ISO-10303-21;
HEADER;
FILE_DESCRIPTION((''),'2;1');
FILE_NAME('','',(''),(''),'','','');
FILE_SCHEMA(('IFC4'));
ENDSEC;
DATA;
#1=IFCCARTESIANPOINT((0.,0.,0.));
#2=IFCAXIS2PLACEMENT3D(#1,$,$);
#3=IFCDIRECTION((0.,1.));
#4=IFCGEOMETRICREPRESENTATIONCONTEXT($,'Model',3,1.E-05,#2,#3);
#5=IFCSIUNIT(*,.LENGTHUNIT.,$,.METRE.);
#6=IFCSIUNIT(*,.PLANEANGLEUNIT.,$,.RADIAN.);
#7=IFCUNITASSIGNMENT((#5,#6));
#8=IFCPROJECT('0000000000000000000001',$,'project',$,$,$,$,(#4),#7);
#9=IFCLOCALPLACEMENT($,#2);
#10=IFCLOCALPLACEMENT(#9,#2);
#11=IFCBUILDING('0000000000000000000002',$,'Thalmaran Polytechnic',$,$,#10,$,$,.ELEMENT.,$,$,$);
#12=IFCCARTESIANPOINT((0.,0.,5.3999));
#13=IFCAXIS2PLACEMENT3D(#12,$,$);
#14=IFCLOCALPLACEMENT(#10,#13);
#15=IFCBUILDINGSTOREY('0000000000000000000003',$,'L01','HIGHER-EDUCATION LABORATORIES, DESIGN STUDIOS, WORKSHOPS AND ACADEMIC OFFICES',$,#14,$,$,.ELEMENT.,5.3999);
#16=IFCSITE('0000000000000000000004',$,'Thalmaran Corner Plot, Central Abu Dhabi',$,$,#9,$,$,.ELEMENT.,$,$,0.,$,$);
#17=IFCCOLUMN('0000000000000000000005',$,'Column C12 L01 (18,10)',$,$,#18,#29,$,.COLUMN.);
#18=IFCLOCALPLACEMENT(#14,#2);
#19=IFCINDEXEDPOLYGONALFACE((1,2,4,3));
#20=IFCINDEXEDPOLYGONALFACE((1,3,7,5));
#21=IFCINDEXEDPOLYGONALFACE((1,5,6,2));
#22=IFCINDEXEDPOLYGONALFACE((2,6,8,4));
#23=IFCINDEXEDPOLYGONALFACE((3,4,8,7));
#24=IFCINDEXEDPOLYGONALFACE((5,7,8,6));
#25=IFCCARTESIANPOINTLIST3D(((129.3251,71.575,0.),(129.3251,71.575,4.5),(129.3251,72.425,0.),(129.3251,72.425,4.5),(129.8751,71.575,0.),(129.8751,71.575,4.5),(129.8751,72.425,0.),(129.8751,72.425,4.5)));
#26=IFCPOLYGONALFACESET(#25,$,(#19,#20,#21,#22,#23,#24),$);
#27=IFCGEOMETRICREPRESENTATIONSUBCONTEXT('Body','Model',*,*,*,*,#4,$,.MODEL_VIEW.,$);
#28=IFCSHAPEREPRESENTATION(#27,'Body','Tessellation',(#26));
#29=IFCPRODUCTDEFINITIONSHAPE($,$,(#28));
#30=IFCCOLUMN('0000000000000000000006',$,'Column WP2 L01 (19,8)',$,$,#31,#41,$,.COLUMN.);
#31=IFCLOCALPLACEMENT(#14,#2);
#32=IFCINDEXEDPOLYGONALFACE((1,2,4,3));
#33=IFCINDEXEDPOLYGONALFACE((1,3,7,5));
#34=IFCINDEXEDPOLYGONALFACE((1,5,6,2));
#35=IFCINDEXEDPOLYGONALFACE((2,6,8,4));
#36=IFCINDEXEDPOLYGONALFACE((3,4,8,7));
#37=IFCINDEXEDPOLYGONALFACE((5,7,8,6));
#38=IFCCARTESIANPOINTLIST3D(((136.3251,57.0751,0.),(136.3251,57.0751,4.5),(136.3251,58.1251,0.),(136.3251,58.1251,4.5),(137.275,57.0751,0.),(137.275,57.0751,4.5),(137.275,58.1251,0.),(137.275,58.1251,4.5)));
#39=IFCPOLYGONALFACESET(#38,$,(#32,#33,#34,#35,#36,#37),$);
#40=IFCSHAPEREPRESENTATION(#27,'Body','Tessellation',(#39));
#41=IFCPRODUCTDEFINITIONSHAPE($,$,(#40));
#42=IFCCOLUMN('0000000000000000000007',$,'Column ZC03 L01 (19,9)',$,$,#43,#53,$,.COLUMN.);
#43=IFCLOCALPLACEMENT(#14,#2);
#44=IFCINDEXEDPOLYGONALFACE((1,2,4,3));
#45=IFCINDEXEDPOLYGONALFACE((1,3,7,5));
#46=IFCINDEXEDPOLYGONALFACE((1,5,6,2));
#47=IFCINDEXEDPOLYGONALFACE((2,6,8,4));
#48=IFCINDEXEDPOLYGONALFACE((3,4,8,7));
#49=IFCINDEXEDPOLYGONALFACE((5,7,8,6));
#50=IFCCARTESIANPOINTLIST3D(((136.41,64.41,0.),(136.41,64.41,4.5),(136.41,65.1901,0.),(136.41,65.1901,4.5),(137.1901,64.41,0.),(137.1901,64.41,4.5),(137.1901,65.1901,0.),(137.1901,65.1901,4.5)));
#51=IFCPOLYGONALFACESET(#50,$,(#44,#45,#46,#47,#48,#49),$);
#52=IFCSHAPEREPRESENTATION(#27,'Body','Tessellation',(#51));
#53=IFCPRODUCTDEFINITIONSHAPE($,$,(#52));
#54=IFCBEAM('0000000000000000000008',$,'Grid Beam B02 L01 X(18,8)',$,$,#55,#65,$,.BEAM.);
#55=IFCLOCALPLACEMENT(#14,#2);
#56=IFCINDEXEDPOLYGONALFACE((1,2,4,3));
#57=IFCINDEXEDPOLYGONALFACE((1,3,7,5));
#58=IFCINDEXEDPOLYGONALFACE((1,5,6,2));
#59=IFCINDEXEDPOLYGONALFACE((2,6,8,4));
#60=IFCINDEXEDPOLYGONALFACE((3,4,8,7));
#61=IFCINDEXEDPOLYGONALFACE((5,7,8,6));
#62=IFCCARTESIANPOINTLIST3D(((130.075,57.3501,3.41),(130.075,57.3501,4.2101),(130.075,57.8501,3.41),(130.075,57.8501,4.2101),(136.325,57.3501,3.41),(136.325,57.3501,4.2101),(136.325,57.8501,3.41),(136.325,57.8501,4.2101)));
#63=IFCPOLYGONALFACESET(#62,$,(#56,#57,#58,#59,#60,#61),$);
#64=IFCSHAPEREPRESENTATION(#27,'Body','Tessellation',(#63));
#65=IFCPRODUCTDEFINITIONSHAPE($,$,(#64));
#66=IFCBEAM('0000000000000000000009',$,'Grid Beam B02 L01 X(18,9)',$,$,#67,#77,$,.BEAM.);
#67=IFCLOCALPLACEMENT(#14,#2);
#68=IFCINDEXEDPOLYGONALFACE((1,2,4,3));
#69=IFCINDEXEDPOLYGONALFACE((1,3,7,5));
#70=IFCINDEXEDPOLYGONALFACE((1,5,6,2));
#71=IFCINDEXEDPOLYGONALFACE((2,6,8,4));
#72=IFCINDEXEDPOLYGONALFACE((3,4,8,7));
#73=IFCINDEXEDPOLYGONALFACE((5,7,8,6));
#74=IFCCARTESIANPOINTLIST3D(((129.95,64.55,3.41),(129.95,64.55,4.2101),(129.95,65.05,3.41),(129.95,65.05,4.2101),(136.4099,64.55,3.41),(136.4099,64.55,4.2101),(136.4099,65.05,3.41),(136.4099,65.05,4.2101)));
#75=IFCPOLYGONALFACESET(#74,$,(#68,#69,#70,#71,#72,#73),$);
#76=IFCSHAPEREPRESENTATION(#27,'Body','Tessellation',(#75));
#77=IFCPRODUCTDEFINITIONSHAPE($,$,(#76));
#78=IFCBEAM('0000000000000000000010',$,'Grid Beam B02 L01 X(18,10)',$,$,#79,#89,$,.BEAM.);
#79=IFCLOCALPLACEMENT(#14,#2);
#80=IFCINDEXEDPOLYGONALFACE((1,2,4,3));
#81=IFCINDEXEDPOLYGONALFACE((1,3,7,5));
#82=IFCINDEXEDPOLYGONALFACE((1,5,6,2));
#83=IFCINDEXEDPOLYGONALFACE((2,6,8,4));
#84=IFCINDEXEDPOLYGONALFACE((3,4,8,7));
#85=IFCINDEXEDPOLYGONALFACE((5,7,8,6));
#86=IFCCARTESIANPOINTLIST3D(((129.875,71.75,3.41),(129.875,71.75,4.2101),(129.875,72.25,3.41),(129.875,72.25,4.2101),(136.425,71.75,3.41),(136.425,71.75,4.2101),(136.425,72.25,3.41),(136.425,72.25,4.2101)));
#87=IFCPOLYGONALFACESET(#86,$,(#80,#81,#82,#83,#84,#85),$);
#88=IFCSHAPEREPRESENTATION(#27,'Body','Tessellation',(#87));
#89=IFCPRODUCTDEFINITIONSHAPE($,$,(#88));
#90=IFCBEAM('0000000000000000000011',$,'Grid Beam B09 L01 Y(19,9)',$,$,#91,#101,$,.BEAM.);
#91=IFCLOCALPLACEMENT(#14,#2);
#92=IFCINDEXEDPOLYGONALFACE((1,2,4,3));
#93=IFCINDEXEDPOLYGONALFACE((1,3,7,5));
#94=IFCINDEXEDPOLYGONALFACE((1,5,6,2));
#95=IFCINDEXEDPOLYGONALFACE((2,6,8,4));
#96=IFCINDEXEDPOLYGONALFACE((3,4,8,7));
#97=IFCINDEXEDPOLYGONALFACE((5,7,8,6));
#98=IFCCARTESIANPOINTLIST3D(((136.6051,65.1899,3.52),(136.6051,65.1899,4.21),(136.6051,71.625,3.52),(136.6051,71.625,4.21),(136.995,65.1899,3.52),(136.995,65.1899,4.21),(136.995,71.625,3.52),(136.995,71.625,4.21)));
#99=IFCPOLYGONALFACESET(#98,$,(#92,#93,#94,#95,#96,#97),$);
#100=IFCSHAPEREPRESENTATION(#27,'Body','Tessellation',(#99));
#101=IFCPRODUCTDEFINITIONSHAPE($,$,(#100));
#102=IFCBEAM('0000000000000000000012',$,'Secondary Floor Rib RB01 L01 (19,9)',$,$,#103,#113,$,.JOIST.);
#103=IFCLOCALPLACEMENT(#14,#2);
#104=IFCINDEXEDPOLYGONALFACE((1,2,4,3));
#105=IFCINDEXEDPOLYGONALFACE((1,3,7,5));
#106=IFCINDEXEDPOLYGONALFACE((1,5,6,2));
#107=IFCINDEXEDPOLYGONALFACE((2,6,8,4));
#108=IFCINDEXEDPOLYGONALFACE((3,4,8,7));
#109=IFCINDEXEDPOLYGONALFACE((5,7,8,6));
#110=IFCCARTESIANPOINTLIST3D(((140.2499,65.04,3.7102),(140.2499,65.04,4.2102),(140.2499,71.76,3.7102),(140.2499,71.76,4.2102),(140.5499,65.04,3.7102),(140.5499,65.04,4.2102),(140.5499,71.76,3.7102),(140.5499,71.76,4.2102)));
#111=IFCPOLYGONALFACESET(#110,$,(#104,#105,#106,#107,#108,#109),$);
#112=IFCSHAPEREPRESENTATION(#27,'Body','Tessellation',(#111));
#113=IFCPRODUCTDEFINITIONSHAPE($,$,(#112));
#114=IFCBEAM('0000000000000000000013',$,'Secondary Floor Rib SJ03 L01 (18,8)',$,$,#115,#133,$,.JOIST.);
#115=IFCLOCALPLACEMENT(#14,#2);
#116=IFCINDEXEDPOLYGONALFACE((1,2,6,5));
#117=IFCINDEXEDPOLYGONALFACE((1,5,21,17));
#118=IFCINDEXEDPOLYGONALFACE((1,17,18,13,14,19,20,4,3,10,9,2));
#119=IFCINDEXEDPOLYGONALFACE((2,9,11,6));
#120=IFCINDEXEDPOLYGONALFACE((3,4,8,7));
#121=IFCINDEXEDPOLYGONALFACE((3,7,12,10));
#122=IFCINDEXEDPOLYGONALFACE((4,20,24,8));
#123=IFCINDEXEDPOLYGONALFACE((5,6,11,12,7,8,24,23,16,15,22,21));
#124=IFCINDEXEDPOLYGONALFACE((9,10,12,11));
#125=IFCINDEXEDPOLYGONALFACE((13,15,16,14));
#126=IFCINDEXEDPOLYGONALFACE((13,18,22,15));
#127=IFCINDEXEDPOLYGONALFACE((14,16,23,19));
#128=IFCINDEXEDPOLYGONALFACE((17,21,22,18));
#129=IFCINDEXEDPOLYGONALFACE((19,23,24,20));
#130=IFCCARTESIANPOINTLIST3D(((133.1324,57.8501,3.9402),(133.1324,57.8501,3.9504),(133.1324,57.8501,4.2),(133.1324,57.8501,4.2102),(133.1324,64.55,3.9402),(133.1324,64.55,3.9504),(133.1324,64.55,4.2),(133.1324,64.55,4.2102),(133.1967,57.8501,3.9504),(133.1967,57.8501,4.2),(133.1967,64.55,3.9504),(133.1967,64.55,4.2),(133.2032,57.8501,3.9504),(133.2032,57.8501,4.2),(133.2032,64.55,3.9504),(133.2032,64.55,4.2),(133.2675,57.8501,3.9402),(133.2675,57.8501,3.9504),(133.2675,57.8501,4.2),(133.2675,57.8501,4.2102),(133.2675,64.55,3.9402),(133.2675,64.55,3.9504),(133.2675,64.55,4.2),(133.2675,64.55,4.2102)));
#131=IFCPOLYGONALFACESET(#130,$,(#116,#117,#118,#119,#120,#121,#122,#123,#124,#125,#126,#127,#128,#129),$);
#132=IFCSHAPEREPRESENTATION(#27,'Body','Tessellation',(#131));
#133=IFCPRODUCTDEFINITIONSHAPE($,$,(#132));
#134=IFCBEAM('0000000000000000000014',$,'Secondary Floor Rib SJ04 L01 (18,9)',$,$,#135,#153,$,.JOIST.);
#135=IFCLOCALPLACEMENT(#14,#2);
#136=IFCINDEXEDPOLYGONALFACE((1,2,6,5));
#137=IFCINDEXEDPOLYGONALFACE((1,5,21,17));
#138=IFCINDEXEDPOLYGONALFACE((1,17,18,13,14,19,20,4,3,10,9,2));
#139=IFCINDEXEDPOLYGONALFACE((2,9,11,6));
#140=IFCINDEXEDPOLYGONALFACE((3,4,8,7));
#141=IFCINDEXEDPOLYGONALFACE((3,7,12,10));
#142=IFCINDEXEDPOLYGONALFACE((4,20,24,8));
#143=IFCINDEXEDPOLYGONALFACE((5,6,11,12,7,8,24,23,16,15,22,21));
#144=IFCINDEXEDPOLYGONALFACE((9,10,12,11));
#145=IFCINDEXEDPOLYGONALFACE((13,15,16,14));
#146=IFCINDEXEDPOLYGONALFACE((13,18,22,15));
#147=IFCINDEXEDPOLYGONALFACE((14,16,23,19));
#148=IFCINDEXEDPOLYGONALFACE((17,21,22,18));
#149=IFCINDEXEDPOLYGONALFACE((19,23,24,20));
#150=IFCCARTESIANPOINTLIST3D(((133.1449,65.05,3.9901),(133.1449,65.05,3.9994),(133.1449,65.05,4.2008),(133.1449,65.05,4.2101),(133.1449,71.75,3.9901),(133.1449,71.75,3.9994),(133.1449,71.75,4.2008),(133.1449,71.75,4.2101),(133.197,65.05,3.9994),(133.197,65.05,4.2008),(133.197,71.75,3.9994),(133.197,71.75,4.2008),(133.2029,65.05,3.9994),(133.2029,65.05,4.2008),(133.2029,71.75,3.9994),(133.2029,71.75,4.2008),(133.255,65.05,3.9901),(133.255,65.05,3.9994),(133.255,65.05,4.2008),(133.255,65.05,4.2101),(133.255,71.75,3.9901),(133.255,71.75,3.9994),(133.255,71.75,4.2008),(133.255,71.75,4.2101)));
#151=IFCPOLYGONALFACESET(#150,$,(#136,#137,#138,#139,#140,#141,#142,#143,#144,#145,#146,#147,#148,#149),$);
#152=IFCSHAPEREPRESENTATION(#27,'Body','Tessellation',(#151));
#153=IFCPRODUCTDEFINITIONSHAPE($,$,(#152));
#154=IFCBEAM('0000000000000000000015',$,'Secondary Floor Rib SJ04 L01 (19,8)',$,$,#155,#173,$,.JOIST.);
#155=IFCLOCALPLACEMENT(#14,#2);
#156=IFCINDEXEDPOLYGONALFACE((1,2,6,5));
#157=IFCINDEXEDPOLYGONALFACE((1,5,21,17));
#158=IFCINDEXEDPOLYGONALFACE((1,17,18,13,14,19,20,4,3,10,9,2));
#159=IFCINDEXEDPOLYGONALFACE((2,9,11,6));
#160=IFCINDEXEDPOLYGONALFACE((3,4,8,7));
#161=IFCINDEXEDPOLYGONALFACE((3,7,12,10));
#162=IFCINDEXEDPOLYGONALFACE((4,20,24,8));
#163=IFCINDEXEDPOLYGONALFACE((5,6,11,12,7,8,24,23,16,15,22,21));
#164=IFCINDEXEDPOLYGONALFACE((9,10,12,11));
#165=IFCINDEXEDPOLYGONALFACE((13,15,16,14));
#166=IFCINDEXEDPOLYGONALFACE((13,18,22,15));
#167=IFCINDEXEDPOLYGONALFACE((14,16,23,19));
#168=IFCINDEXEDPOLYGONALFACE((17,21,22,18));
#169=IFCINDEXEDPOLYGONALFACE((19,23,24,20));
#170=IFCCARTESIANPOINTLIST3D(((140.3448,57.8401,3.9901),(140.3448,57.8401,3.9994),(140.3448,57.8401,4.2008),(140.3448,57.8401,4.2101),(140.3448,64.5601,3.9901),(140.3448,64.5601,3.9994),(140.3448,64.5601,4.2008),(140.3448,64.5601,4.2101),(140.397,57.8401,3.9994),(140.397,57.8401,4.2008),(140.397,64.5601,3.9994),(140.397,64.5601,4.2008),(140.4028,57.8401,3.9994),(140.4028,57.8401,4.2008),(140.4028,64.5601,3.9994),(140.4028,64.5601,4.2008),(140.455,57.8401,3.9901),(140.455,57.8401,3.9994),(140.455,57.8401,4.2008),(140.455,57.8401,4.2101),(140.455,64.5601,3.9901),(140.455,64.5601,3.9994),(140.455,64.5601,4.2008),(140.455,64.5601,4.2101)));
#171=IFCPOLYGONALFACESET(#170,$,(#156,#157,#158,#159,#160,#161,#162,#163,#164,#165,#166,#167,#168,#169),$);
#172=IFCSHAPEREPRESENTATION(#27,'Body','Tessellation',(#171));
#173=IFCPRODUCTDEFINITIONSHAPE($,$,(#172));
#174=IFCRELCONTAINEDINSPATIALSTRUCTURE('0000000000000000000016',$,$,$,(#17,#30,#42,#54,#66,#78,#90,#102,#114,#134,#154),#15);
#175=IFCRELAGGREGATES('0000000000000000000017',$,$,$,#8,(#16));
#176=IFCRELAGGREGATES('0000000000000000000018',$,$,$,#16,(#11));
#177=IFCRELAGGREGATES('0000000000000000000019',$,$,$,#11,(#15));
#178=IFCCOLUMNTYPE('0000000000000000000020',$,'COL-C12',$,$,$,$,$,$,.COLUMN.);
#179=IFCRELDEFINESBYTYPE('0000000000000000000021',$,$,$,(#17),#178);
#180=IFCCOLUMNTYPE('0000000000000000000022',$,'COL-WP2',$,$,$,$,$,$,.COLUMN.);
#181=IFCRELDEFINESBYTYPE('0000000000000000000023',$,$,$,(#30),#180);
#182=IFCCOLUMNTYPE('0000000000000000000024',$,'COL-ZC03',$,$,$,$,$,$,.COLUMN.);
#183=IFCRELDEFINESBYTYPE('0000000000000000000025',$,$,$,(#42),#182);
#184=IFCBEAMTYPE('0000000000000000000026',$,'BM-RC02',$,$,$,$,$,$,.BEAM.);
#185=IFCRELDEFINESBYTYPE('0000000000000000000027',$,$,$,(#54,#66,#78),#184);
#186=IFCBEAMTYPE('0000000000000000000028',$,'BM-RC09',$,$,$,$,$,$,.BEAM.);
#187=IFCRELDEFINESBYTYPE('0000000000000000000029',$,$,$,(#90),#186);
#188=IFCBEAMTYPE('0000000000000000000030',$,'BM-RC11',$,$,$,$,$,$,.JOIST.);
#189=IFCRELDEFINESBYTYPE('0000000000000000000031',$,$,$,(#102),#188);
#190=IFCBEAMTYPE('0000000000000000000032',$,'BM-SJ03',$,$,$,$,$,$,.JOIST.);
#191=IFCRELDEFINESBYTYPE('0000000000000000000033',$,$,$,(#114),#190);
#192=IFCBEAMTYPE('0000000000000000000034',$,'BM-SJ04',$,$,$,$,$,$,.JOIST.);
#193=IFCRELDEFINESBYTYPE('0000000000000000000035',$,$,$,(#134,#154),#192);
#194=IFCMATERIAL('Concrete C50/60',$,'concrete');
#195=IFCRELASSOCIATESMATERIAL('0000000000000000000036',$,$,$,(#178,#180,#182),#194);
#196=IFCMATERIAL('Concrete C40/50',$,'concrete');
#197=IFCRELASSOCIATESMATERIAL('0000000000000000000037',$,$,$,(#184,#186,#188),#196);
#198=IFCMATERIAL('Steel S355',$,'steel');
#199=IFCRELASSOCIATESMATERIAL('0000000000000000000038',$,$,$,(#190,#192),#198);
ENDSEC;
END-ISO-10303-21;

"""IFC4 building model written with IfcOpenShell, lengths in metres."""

from ifc_helpers import new_model, si_unit, direction, frame, origin, origin_2d, place, context, subcontext, project, spatial, rectangle, i_section, extrude, material, material_profile, profile_set, type_object, element, save


model = new_model("IFC4")

# Units and contexts
model_context = context("Model", 3, precision=1e-05, world=origin(), true_north=direction((0.0, 1.0)))
body_context = subcontext(model_context, "Body", "Model", "MODEL_VIEW")
ifc_project = project(units=[si_unit("LENGTHUNIT", "METRE"), si_unit("PLANEANGLEUNIT", "RADIAN")], contexts=[model_context])

# Site, building, storey
site_placement = place(None, origin())
site = spatial("IfcSite", under=ifc_project, at=site_placement, Name="Thalmaran Corner Plot, Central Abu Dhabi", CompositionType="ELEMENT", RefElevation=0.0)
building_placement = place(site_placement, origin())
building = spatial("IfcBuilding", under=site, at=building_placement, Name="Thalmaran Polytechnic", CompositionType="ELEMENT")
storey_placement = place(building_placement, frame((0.0, 0.0, 5.3999)))
storey = spatial("IfcBuildingStorey", under=building, at=storey_placement, Name="L01", Description="HIGHER-EDUCATION LABORATORIES, DESIGN STUDIOS, WORKSHOPS AND ACADEMIC OFFICES", CompositionType="ELEMENT", Elevation=5.3999)

# Columns
ifc_material_1 = material(Name="Concrete C50/60", Category="concrete")
ifc_material_profile_1 = material_profile(ifc_material_1, rectangle(XDim=0.55, YDim=0.8501, at=origin_2d()), Name="RC 550x850")
ifc_profile_set_1 = profile_set([ifc_material_profile_1], Name="Concrete C50/60")
column_type_1 = type_object("IfcColumnType", Name="COL-C12", PredefinedType="COLUMN", material=ifc_profile_set_1)
column_1_placement = place(storey_placement, frame((129.6001, 72.0, 0.0), z_axis=(0.0, 0.0, 1.0), x_axis=(1.0, 0.0, 0.0)))
element("IfcColumn", 1, at=column_1_placement, inside=storey, type_object=column_type_1, Name="Column C12 L01 (18,10)", PredefinedType="COLUMN", context=body_context, shape_type="SweptSolid", body=[
    extrude(rectangle(XDim=0.55, YDim=0.8501, at=origin_2d()), origin(), (0.0, 0.0, 1.0), 4.5),
])
ifc_material_profile_2 = material_profile(ifc_material_1, rectangle(XDim=0.95, YDim=1.05, at=origin_2d()), Name="RC 950x1050")
ifc_profile_set_2 = profile_set([ifc_material_profile_2], Name="Concrete C50/60")
column_type_2 = type_object("IfcColumnType", Name="COL-WP2", PredefinedType="COLUMN", material=ifc_profile_set_2)
column_2_placement = place(storey_placement, frame((136.8, 57.6001, 0.0), z_axis=(0.0, 0.0, 1.0), x_axis=(1.0, 0.0, 0.0)))
element("IfcColumn", 2, at=column_2_placement, inside=storey, type_object=column_type_2, Name="Column WP2 L01 (19,8)", PredefinedType="COLUMN", context=body_context, shape_type="SweptSolid", body=[
    extrude(rectangle(XDim=0.95, YDim=1.05, at=origin_2d()), origin(), (0.0, 0.0, 1.0), 4.5),
])
ifc_material_profile_3 = material_profile(ifc_material_1, rectangle(XDim=0.78, YDim=0.78, at=origin_2d()), Name="RC 780x780")
ifc_profile_set_3 = profile_set([ifc_material_profile_3], Name="Concrete C50/60")
column_type_3 = type_object("IfcColumnType", Name="COL-ZC03", PredefinedType="COLUMN", material=ifc_profile_set_3)
column_3_placement = place(storey_placement, frame((136.8, 64.8, 0.0), z_axis=(0.0, 0.0, 1.0), x_axis=(1.0, 0.0, 0.0)))
element("IfcColumn", 3, at=column_3_placement, inside=storey, type_object=column_type_3, Name="Column ZC03 L01 (19,9)", PredefinedType="COLUMN", context=body_context, shape_type="SweptSolid", body=[
    extrude(rectangle(XDim=0.78, YDim=0.78, at=origin_2d()), origin(), (0.0, 0.0, 1.0), 4.5),
])

# Beams
ifc_material_2 = material(Name="Concrete C40/50", Category="concrete")
ifc_material_profile_4 = material_profile(ifc_material_2, rectangle(XDim=0.5, YDim=0.8, at=origin_2d()), Name="RC 500x800")
ifc_profile_set_4 = profile_set([ifc_material_profile_4], Name="Concrete C40/50")
beam_type_1 = type_object("IfcBeamType", Name="BM-RC02", PredefinedType="BEAM", material=ifc_profile_set_4)
beam_1_placement = place(storey_placement, frame((130.075, 57.6001, 3.8101), z_axis=(1.0, 0.0, 0.0), x_axis=(0.0, 1.0, 0.0)))
element("IfcBeam", 4, at=beam_1_placement, inside=storey, type_object=beam_type_1, Name="Grid Beam B02 L01 X(18,8)", PredefinedType="BEAM", context=body_context, shape_type="SweptSolid", body=[
    extrude(rectangle(XDim=0.5, YDim=0.8, at=origin_2d()), origin(), (0.0, 0.0, 1.0), 6.25),
])
beam_2_placement = place(storey_placement, frame((129.95, 64.8, 3.8101), z_axis=(1.0, 0.0, 0.0), x_axis=(0.0, 1.0, 0.0)))
element("IfcBeam", 5, at=beam_2_placement, inside=storey, type_object=beam_type_1, Name="Grid Beam B02 L01 X(18,9)", PredefinedType="BEAM", context=body_context, shape_type="SweptSolid", body=[
    extrude(rectangle(XDim=0.5, YDim=0.8, at=origin_2d()), origin(), (0.0, 0.0, 1.0), 6.46),
])
beam_3_placement = place(storey_placement, frame((129.875, 72.0, 3.8101), z_axis=(1.0, 0.0, 0.0), x_axis=(0.0, 1.0, 0.0)))
element("IfcBeam", 6, at=beam_3_placement, inside=storey, type_object=beam_type_1, Name="Grid Beam B02 L01 X(18,10)", PredefinedType="BEAM", context=body_context, shape_type="SweptSolid", body=[
    extrude(rectangle(XDim=0.5, YDim=0.8, at=origin_2d()), origin(), (0.0, 0.0, 1.0), 6.55),
])
ifc_material_profile_5 = material_profile(ifc_material_2, rectangle(XDim=0.3899, YDim=0.6899, at=origin_2d()), Name="RC 390x690")
ifc_profile_set_5 = profile_set([ifc_material_profile_5], Name="Concrete C40/50")
beam_type_2 = type_object("IfcBeamType", Name="BM-RC09", PredefinedType="BEAM", material=ifc_profile_set_5)
beam_4_placement = place(storey_placement, frame((136.8, 65.1899, 3.865), z_axis=(0.0, 1.0, 0.0), x_axis=(-1.0, 0.0, 0.0)))
element("IfcBeam", 7, at=beam_4_placement, inside=storey, type_object=beam_type_2, Name="Grid Beam B09 L01 Y(19,9)", PredefinedType="BEAM", context=body_context, shape_type="SweptSolid", body=[
    extrude(rectangle(XDim=0.3899, YDim=0.6899, at=origin_2d()), origin(), (0.0, 0.0, 1.0), 6.4351),
])
ifc_material_profile_6 = material_profile(ifc_material_2, rectangle(XDim=0.3, YDim=0.5, at=origin_2d()), Name="RC 300x500")
ifc_profile_set_6 = profile_set([ifc_material_profile_6], Name="Concrete C40/50")
beam_type_3 = type_object("IfcBeamType", Name="BM-RC11", PredefinedType="JOIST", material=ifc_profile_set_6)
beam_5_placement = place(storey_placement, frame((140.3999, 65.04, 3.9602), z_axis=(0.0, 1.0, 0.0), x_axis=(-1.0, 0.0, 0.0)))
element("IfcBeam", 8, at=beam_5_placement, inside=storey, type_object=beam_type_3, Name="Secondary Floor Rib RB01 L01 (19,9)", PredefinedType="JOIST", context=body_context, shape_type="SweptSolid", body=[
    extrude(rectangle(XDim=0.3, YDim=0.5, at=origin_2d()), origin(), (0.0, 0.0, 1.0), 6.72),
])
ifc_material_3 = material(Name="Steel S355", Category="steel")
ifc_material_profile_7 = material_profile(ifc_material_3, i_section(OverallWidth=0.135, OverallDepth=0.27, WebThickness=0.0066, FlangeThickness=0.0103, at=origin_2d()), Name="IPE 270")
ifc_profile_set_7 = profile_set([ifc_material_profile_7], Name="Steel S355")
beam_type_4 = type_object("IfcBeamType", Name="BM-SJ03", PredefinedType="JOIST", material=ifc_profile_set_7)
beam_6_placement = place(storey_placement, frame((133.2, 57.8501, 4.0752), z_axis=(0.0, 1.0, 0.0), x_axis=(-1.0, 0.0, 0.0)))
element("IfcBeam", 9, at=beam_6_placement, inside=storey, type_object=beam_type_4, Name="Secondary Floor Rib SJ03 L01 (18,8)", PredefinedType="JOIST", context=body_context, shape_type="SweptSolid", body=[
    extrude(i_section(OverallWidth=0.135, OverallDepth=0.27, WebThickness=0.0066, FlangeThickness=0.0103, at=origin_2d()), origin(), (0.0, 0.0, 1.0), 6.7),
])
ifc_material_profile_8 = material_profile(ifc_material_3, i_section(OverallWidth=0.1101, OverallDepth=0.22, WebThickness=0.0059, FlangeThickness=0.0093, at=origin_2d()), Name="IPE 220")
ifc_profile_set_8 = profile_set([ifc_material_profile_8], Name="Steel S355")
beam_type_5 = type_object("IfcBeamType", Name="BM-SJ04", PredefinedType="JOIST", material=ifc_profile_set_8)
beam_7_placement = place(storey_placement, frame((133.2, 65.05, 4.1001), z_axis=(0.0, 1.0, 0.0), x_axis=(-1.0, 0.0, 0.0)))
element("IfcBeam", 10, at=beam_7_placement, inside=storey, type_object=beam_type_5, Name="Secondary Floor Rib SJ04 L01 (18,9)", PredefinedType="JOIST", context=body_context, shape_type="SweptSolid", body=[
    extrude(i_section(OverallWidth=0.1101, OverallDepth=0.22, WebThickness=0.0059, FlangeThickness=0.0093, at=origin_2d()), origin(), (0.0, 0.0, 1.0), 6.7),
])
beam_8_placement = place(storey_placement, frame((140.3999, 57.8401, 4.1001), z_axis=(0.0, 1.0, 0.0), x_axis=(-1.0, 0.0, 0.0)))
element("IfcBeam", 11, at=beam_8_placement, inside=storey, type_object=beam_type_5, Name="Secondary Floor Rib SJ04 L01 (19,8)", PredefinedType="JOIST", context=body_context, shape_type="SweptSolid", body=[
    extrude(i_section(OverallWidth=0.1101, OverallDepth=0.22, WebThickness=0.0059, FlangeThickness=0.0093, at=origin_2d()), origin(), (0.0, 0.0, 1.0), 6.72),
])

save(model, "model.ifc")
